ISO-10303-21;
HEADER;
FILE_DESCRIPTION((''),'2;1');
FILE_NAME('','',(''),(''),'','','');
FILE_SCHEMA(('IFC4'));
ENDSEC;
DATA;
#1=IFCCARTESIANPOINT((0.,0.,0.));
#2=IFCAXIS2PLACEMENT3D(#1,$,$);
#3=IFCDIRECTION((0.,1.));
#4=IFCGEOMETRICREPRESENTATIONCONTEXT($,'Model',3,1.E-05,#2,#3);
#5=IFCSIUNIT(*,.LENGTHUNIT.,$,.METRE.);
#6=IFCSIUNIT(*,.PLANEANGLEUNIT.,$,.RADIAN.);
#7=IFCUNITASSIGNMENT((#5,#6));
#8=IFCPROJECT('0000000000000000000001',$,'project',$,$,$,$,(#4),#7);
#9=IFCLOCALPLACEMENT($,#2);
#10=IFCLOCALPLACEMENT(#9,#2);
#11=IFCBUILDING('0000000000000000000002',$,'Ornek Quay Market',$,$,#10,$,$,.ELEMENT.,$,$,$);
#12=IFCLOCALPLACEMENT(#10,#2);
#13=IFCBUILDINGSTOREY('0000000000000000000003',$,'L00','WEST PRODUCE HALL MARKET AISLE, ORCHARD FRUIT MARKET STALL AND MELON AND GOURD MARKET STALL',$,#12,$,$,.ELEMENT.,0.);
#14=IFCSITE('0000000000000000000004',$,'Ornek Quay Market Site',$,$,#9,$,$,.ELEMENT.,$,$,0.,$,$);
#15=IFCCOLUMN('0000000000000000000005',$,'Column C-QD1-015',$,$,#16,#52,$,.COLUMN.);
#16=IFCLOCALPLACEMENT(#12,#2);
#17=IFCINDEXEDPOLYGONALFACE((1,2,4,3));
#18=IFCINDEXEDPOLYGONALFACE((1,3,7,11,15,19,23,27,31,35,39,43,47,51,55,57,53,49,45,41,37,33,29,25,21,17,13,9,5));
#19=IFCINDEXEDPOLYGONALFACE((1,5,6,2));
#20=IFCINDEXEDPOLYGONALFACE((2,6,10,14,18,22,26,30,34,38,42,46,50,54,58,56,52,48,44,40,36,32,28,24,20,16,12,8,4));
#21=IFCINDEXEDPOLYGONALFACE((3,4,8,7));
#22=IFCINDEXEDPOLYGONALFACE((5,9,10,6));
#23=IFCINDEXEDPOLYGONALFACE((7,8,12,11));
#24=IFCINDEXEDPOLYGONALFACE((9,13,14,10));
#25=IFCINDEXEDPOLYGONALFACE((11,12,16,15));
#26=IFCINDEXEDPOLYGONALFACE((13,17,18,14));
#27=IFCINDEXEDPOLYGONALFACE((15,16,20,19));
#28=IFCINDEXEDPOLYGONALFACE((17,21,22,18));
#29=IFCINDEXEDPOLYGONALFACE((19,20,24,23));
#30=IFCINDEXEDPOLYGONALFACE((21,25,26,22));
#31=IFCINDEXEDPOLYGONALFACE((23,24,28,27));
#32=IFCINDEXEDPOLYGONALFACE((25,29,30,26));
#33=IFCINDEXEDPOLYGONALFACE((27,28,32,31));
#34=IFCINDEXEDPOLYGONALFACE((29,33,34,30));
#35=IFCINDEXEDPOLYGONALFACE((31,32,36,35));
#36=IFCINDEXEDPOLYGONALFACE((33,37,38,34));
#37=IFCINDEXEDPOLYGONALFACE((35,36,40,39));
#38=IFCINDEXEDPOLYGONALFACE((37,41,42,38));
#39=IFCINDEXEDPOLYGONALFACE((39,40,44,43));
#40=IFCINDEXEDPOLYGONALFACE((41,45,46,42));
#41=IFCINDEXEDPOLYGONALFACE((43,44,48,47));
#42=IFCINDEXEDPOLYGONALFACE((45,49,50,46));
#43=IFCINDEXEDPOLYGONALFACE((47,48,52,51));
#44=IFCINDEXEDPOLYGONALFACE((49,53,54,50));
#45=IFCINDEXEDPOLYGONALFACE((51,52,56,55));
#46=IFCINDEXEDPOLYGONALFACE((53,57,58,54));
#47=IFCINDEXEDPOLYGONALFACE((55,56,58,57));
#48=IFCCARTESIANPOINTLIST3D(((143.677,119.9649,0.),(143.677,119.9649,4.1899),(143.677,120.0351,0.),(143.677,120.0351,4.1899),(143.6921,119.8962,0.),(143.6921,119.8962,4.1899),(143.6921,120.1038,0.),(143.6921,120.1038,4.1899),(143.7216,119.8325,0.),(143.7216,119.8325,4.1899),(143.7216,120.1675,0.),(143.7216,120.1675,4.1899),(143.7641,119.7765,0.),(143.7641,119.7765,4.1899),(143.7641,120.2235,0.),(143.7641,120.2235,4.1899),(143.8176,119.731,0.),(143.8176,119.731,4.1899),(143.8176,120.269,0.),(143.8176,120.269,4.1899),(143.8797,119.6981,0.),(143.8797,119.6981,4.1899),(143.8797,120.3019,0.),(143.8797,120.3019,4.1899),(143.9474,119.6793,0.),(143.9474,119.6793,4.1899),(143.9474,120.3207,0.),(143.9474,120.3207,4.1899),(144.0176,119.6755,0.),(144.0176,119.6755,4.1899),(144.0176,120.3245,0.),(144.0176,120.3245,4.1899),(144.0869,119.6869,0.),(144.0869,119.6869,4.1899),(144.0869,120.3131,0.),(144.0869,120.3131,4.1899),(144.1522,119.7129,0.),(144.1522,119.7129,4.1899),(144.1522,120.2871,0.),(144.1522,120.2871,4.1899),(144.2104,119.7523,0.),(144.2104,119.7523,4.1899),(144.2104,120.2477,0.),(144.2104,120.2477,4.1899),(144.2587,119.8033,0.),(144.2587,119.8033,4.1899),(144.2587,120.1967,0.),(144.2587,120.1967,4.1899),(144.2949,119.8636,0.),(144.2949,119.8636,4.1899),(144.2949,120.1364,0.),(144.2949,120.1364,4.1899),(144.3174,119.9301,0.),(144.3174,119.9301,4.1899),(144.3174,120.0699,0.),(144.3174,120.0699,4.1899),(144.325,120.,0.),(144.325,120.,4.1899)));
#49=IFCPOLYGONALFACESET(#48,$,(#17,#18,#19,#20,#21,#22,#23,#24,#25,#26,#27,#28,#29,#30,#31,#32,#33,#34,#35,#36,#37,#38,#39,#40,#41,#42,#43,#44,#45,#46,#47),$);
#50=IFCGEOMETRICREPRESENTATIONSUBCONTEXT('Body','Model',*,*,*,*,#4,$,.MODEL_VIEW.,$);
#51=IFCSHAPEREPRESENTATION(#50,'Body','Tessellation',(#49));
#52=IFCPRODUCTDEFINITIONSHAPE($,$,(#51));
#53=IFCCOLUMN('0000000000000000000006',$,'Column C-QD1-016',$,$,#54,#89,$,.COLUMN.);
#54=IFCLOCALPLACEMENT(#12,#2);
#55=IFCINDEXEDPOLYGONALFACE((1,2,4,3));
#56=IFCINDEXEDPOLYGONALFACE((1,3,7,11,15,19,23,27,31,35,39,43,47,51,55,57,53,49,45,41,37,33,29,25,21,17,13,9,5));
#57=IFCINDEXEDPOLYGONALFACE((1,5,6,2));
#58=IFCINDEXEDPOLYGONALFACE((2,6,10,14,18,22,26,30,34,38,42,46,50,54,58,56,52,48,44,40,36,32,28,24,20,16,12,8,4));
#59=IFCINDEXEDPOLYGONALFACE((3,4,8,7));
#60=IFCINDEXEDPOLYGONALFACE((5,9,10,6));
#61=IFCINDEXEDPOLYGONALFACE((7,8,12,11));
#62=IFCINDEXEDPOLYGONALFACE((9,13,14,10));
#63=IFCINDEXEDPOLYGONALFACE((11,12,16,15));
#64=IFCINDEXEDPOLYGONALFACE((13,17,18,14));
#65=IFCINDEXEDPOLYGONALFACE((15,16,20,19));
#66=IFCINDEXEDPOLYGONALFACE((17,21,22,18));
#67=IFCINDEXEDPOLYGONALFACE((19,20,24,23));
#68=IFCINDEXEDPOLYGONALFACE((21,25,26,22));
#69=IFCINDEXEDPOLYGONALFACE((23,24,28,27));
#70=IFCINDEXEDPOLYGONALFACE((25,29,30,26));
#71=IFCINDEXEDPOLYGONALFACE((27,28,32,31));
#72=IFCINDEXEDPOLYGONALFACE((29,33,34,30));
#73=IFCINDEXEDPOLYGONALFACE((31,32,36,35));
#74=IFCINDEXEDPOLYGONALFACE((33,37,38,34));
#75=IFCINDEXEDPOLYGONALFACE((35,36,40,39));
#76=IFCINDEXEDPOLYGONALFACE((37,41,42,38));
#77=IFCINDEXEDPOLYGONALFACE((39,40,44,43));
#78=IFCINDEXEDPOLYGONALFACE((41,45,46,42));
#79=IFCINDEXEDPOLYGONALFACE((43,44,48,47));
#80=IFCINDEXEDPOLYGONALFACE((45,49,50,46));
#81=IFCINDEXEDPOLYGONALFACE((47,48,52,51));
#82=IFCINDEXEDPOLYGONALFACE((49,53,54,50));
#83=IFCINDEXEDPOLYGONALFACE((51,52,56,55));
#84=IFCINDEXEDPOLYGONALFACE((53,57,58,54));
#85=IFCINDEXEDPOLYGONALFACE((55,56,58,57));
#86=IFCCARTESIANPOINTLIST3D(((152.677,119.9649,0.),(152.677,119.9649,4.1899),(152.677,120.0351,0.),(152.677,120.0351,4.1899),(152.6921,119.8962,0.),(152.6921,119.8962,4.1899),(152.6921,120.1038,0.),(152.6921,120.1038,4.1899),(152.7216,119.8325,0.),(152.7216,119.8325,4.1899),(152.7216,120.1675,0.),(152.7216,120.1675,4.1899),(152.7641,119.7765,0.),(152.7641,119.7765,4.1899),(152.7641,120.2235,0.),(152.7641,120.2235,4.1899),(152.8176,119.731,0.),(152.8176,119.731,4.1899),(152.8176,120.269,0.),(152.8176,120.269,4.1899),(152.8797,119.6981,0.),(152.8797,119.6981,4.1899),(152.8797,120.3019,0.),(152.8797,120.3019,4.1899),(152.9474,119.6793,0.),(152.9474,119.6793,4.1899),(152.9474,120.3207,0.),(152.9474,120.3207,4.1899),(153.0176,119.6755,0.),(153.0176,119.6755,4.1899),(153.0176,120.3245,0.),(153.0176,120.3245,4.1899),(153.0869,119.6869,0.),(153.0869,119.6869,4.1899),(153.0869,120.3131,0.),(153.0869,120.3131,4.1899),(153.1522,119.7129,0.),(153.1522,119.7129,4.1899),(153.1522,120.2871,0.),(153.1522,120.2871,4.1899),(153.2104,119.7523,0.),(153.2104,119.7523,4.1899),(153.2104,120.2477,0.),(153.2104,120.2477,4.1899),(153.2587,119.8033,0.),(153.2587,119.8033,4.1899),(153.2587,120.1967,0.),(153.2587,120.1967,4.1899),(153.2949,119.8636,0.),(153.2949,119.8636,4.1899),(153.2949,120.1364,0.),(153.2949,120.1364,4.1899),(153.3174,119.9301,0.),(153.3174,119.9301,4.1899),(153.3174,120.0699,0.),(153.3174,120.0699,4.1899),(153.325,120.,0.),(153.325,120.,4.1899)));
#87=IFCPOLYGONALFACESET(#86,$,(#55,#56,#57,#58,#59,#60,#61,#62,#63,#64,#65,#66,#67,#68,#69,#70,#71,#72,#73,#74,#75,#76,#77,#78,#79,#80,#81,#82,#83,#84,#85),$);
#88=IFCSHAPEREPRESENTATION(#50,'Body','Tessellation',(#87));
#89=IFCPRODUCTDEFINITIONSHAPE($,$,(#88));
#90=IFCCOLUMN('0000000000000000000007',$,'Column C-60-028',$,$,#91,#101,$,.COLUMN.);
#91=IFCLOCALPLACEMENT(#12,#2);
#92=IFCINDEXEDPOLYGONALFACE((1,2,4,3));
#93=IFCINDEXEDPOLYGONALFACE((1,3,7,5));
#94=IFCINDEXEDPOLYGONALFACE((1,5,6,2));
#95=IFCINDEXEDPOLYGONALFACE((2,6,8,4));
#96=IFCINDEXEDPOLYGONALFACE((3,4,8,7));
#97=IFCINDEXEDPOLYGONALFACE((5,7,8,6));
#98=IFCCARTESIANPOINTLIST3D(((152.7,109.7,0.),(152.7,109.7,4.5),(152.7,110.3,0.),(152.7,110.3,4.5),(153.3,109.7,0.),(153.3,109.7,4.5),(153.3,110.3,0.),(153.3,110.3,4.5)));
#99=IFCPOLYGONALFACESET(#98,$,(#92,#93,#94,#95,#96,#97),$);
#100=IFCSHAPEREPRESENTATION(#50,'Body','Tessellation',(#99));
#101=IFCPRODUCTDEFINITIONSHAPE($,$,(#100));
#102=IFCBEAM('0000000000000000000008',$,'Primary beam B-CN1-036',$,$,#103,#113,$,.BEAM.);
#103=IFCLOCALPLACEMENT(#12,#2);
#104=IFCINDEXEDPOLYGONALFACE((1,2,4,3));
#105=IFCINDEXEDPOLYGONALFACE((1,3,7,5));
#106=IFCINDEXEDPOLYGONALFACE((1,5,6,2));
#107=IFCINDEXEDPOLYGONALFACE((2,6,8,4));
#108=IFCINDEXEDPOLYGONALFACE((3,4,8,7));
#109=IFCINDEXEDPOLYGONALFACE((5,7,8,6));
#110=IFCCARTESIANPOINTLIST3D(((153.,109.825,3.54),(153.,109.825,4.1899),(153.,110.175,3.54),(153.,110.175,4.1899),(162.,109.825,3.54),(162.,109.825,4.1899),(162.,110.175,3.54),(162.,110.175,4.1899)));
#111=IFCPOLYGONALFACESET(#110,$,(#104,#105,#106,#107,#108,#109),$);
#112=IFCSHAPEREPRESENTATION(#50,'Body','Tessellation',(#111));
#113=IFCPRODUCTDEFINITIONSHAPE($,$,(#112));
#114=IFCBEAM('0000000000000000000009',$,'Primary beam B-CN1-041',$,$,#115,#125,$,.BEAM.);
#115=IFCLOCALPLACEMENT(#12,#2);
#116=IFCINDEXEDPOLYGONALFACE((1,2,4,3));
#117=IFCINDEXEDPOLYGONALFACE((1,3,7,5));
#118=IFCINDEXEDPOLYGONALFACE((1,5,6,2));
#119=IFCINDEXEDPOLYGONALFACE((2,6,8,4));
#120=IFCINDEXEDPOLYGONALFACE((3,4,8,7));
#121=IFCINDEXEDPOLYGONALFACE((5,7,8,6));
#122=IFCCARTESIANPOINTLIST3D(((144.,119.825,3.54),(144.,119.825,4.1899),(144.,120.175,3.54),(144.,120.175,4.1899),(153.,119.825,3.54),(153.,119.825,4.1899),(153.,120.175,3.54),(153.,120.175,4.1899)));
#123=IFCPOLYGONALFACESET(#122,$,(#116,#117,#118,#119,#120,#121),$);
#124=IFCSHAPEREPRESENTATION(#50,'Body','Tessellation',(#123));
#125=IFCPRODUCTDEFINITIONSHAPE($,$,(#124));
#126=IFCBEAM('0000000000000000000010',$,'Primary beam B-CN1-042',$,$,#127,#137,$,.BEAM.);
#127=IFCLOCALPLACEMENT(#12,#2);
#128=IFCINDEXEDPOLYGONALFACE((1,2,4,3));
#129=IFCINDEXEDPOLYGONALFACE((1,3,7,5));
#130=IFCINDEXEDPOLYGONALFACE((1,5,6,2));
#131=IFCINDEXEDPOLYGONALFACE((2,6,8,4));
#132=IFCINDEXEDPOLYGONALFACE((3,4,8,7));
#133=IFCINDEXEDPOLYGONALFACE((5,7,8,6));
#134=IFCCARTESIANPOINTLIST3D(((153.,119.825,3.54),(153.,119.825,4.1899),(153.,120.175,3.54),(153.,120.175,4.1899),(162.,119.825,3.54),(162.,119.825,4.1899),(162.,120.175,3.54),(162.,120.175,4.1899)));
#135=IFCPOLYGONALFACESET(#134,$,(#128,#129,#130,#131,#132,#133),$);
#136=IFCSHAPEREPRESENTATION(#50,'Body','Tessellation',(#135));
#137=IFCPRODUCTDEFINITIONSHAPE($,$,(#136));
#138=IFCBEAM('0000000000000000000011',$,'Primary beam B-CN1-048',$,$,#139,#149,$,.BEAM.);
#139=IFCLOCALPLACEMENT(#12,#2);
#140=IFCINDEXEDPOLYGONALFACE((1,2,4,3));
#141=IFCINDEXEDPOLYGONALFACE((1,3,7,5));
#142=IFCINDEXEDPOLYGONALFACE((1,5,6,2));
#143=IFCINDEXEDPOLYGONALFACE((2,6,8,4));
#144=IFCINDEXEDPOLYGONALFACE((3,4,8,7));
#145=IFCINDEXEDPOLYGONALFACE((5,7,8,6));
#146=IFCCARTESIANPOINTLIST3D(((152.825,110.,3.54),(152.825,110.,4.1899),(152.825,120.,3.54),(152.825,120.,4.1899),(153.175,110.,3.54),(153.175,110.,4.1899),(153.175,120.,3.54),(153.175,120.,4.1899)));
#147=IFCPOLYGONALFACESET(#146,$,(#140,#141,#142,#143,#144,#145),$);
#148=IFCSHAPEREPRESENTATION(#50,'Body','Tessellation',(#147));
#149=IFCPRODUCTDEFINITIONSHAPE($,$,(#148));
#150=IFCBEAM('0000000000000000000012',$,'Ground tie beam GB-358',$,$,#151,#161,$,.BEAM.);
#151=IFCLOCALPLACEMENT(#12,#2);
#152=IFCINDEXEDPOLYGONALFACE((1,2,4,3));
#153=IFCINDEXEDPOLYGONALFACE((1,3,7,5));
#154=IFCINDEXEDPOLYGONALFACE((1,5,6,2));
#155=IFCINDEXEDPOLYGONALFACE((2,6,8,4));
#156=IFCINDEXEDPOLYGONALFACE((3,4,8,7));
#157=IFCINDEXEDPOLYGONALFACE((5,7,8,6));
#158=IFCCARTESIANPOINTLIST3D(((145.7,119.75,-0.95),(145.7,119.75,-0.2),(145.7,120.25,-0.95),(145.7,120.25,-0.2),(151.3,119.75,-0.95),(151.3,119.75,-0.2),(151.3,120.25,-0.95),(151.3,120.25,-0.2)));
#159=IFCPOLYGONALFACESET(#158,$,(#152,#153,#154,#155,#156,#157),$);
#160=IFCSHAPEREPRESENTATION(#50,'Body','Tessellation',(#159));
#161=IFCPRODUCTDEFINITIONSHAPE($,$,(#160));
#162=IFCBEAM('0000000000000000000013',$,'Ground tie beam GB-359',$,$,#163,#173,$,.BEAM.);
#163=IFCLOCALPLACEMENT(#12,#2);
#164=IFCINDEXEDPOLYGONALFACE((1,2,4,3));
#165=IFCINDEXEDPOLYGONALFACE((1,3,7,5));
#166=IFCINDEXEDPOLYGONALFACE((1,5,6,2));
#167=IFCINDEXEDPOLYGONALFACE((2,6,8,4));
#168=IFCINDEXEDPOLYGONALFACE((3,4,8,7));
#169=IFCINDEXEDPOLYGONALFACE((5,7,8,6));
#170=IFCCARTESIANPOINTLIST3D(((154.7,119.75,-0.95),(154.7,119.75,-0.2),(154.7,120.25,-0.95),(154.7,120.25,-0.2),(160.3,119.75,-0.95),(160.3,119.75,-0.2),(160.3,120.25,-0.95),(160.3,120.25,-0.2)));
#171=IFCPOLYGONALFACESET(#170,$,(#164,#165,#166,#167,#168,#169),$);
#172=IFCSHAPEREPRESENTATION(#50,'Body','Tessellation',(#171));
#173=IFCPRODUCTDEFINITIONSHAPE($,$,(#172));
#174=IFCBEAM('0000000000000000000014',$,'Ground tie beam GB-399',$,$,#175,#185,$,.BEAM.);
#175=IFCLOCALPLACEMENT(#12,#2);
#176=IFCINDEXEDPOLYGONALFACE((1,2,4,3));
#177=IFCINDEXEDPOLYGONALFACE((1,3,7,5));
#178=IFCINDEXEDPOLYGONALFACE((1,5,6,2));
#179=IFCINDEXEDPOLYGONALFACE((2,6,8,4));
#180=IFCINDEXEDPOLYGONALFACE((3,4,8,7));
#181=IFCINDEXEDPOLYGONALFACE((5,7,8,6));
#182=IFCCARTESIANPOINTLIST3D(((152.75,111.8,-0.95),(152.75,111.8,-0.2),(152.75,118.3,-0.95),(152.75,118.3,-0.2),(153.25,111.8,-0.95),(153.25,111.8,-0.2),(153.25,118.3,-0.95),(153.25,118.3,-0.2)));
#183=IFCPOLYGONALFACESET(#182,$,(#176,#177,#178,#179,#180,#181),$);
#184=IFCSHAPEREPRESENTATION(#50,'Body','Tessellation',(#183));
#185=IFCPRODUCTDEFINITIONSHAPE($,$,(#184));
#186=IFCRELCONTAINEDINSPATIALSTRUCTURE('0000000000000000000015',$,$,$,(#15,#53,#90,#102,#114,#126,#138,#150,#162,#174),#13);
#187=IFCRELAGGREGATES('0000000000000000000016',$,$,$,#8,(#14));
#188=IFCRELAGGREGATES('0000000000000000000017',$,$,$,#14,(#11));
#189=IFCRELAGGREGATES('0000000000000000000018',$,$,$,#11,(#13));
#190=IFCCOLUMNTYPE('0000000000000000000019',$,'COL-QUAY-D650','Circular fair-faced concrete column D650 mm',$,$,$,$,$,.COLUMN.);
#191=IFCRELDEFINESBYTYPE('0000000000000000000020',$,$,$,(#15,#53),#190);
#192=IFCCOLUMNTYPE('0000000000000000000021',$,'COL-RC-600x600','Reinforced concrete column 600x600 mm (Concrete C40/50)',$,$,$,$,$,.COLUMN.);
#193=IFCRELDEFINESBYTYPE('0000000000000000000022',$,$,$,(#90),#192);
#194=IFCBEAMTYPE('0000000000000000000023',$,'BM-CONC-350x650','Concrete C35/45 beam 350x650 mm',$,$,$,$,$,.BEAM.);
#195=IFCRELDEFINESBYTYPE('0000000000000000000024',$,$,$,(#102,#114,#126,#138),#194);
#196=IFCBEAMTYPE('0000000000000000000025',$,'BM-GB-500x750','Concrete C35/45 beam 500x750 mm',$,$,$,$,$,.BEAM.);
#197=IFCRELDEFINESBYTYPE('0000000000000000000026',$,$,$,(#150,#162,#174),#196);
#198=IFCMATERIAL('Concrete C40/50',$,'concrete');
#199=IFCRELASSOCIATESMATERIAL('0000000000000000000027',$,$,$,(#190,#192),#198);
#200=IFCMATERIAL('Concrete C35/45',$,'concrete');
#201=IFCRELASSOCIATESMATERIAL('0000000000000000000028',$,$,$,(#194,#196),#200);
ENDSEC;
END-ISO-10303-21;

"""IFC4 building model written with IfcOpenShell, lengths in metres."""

from ifc_helpers import new_model, si_unit, direction, frame, origin, origin_2d, place, context, subcontext, project, spatial, rectangle, circle, extrude, material, material_profile, profile_set, type_object, element, save


model = new_model("IFC4")

# Units and contexts
model_context = context("Model", 3, precision=1e-05, world=origin(), true_north=direction((0.0, 1.0)))
body_context = subcontext(model_context, "Body", "Model", "MODEL_VIEW")
ifc_project = project(units=[si_unit("LENGTHUNIT", "METRE"), si_unit("PLANEANGLEUNIT", "RADIAN")], contexts=[model_context])

# Site, building, storey
site_placement = place(None, origin())
site = spatial("IfcSite", under=ifc_project, at=site_placement, Name="Ornek Quay Market Site", CompositionType="ELEMENT", RefElevation=0.0)
building_placement = place(site_placement, origin())
building = spatial("IfcBuilding", under=site, at=building_placement, Name="Ornek Quay Market", CompositionType="ELEMENT")
storey_placement = place(building_placement, origin())
storey = spatial("IfcBuildingStorey", under=building, at=storey_placement, Name="L00", Description="WEST PRODUCE HALL MARKET AISLE, ORCHARD FRUIT MARKET STALL AND MELON AND GOURD MARKET STALL", CompositionType="ELEMENT", Elevation=0.0)

# Shared definitions
ifc_material_1 = material(Name="Concrete C35/45", Category="concrete")

# Columns
ifc_material_2 = material(Name="Concrete C40/50", Category="concrete")
ifc_material_profile_1 = material_profile(ifc_material_2, circle(Radius=0.325, at=origin_2d()), Name="RC D650", Category="concrete")
ifc_profile_set_1 = profile_set([ifc_material_profile_1], Name="Concrete C40/50")
column_type_1 = type_object("IfcColumnType", Name="COL-QUAY-D650", Description="Circular fair-faced concrete column D650 mm", PredefinedType="COLUMN", material=ifc_profile_set_1)
for number, where, z_axis, x_axis, name in (
    (1, (144.0, 120.0, 0.0), (0.0, 0.0, 1.0), (1.0, 0.0, 0.0), "Column C-QD1-015"),
    (2, (153.0, 120.0, 0.0), (0.0, 0.0, 1.0), (1.0, 0.0, 0.0), "Column C-QD1-016"),
):
    element("IfcColumn", number, at=place(storey_placement, frame(where, z_axis=z_axis, x_axis=x_axis)), inside=storey, type_object=column_type_1, Name=name, PredefinedType="COLUMN", context=body_context, shape_type="SweptSolid", body=[
        extrude(circle(Radius=0.325, at=origin_2d()), origin(), (0.0, 0.0, 1.0), 4.1899),
    ])
ifc_material_profile_2 = material_profile(ifc_material_2, rectangle(XDim=0.6001, YDim=0.6001, at=origin_2d()), Name="RC 600x600", Category="concrete")
ifc_profile_set_2 = profile_set([ifc_material_profile_2], Name="Concrete C40/50")
column_type_2 = type_object("IfcColumnType", Name="COL-RC-600x600", Description="Reinforced concrete column 600x600 mm (Concrete C40/50)", PredefinedType="COLUMN", material=ifc_profile_set_2)
column_placement = place(storey_placement, frame((153.0, 110.0, 0.0), z_axis=(0.0, 0.0, 1.0), x_axis=(1.0, 0.0, 0.0)))
element("IfcColumn", 3, at=column_placement, inside=storey, type_object=column_type_2, Name="Column C-60-028", PredefinedType="COLUMN", context=body_context, shape_type="SweptSolid", body=[
    extrude(rectangle(XDim=0.6001, YDim=0.6001, at=origin_2d()), origin(), (0.0, 0.0, 1.0), 4.5),
])

# Beams
ifc_material_profile_3 = material_profile(ifc_material_1, rectangle(XDim=0.3501, YDim=0.6499, at=origin_2d()), Name="RC 350x650", Category="concrete")
ifc_profile_set_3 = profile_set([ifc_material_profile_3], Name="Concrete C35/45")
beam_type_1 = type_object("IfcBeamType", Name="BM-CONC-350x650", Description="Concrete C35/45 beam 350x650 mm", PredefinedType="BEAM", material=ifc_profile_set_3)
for number, where, z_axis, x_axis, name in (
    (4, (153.0, 110.0, 3.865), (1.0, 0.0, 0.0), (0.0, 1.0, 0.0), "Primary beam B-CN1-036"),
    (5, (144.0, 120.0, 3.865), (1.0, 0.0, 0.0), (0.0, 1.0, 0.0), "Primary beam B-CN1-041"),
    (6, (153.0, 120.0, 3.865), (1.0, 0.0, 0.0), (0.0, 1.0, 0.0), "Primary beam B-CN1-042"),
):
    element("IfcBeam", number, at=place(storey_placement, frame(where, z_axis=z_axis, x_axis=x_axis)), inside=storey, type_object=beam_type_1, Name=name, PredefinedType="BEAM", context=body_context, shape_type="SweptSolid", body=[
        extrude(rectangle(XDim=0.3501, YDim=0.6499, at=origin_2d()), origin(), (0.0, 0.0, 1.0), 9.0),
    ])
beam_1_placement = place(storey_placement, frame((153.0, 110.0, 3.865), z_axis=(0.0, 1.0, 0.0), x_axis=(-1.0, 0.0, 0.0)))
element("IfcBeam", 7, at=beam_1_placement, inside=storey, type_object=beam_type_1, Name="Primary beam B-CN1-048", PredefinedType="BEAM", context=body_context, shape_type="SweptSolid", body=[
    extrude(rectangle(XDim=0.3501, YDim=0.6499, at=origin_2d()), origin(), (0.0, 0.0, 1.0), 10.0),
])
ifc_material_profile_4 = material_profile(ifc_material_1, rectangle(XDim=0.5, YDim=0.75, at=origin_2d()), Name="RC 500x750", Category="concrete")
ifc_profile_set_4 = profile_set([ifc_material_profile_4], Name="Concrete C35/45")
beam_type_2 = type_object("IfcBeamType", Name="BM-GB-500x750", Description="Concrete C35/45 beam 500x750 mm", PredefinedType="BEAM", material=ifc_profile_set_4)
for number, where, z_axis, x_axis, name in (
    (8, (145.7, 120.0, -0.575), (1.0, 0.0, 0.0), (0.0, 1.0, 0.0), "Ground tie beam GB-358"),
    (9, (154.7, 120.0, -0.575), (1.0, 0.0, 0.0), (0.0, 1.0, 0.0), "Ground tie beam GB-359"),
):
    element("IfcBeam", number, at=place(storey_placement, frame(where, z_axis=z_axis, x_axis=x_axis)), inside=storey, type_object=beam_type_2, Name=name, PredefinedType="BEAM", context=body_context, shape_type="SweptSolid", body=[
        extrude(rectangle(XDim=0.5, YDim=0.75, at=origin_2d()), origin(), (0.0, 0.0, 1.0), 5.6001),
    ])
beam_2_placement = place(storey_placement, frame((153.0, 111.8, -0.575), z_axis=(0.0, 1.0, 0.0), x_axis=(-1.0, 0.0, 0.0)))
element("IfcBeam", 10, at=beam_2_placement, inside=storey, type_object=beam_type_2, Name="Ground tie beam GB-399", PredefinedType="BEAM", context=body_context, shape_type="SweptSolid", body=[
    extrude(rectangle(XDim=0.5, YDim=0.75, at=origin_2d()), origin(), (0.0, 0.0, 1.0), 6.5),
])

save(model, "model.ifc")
